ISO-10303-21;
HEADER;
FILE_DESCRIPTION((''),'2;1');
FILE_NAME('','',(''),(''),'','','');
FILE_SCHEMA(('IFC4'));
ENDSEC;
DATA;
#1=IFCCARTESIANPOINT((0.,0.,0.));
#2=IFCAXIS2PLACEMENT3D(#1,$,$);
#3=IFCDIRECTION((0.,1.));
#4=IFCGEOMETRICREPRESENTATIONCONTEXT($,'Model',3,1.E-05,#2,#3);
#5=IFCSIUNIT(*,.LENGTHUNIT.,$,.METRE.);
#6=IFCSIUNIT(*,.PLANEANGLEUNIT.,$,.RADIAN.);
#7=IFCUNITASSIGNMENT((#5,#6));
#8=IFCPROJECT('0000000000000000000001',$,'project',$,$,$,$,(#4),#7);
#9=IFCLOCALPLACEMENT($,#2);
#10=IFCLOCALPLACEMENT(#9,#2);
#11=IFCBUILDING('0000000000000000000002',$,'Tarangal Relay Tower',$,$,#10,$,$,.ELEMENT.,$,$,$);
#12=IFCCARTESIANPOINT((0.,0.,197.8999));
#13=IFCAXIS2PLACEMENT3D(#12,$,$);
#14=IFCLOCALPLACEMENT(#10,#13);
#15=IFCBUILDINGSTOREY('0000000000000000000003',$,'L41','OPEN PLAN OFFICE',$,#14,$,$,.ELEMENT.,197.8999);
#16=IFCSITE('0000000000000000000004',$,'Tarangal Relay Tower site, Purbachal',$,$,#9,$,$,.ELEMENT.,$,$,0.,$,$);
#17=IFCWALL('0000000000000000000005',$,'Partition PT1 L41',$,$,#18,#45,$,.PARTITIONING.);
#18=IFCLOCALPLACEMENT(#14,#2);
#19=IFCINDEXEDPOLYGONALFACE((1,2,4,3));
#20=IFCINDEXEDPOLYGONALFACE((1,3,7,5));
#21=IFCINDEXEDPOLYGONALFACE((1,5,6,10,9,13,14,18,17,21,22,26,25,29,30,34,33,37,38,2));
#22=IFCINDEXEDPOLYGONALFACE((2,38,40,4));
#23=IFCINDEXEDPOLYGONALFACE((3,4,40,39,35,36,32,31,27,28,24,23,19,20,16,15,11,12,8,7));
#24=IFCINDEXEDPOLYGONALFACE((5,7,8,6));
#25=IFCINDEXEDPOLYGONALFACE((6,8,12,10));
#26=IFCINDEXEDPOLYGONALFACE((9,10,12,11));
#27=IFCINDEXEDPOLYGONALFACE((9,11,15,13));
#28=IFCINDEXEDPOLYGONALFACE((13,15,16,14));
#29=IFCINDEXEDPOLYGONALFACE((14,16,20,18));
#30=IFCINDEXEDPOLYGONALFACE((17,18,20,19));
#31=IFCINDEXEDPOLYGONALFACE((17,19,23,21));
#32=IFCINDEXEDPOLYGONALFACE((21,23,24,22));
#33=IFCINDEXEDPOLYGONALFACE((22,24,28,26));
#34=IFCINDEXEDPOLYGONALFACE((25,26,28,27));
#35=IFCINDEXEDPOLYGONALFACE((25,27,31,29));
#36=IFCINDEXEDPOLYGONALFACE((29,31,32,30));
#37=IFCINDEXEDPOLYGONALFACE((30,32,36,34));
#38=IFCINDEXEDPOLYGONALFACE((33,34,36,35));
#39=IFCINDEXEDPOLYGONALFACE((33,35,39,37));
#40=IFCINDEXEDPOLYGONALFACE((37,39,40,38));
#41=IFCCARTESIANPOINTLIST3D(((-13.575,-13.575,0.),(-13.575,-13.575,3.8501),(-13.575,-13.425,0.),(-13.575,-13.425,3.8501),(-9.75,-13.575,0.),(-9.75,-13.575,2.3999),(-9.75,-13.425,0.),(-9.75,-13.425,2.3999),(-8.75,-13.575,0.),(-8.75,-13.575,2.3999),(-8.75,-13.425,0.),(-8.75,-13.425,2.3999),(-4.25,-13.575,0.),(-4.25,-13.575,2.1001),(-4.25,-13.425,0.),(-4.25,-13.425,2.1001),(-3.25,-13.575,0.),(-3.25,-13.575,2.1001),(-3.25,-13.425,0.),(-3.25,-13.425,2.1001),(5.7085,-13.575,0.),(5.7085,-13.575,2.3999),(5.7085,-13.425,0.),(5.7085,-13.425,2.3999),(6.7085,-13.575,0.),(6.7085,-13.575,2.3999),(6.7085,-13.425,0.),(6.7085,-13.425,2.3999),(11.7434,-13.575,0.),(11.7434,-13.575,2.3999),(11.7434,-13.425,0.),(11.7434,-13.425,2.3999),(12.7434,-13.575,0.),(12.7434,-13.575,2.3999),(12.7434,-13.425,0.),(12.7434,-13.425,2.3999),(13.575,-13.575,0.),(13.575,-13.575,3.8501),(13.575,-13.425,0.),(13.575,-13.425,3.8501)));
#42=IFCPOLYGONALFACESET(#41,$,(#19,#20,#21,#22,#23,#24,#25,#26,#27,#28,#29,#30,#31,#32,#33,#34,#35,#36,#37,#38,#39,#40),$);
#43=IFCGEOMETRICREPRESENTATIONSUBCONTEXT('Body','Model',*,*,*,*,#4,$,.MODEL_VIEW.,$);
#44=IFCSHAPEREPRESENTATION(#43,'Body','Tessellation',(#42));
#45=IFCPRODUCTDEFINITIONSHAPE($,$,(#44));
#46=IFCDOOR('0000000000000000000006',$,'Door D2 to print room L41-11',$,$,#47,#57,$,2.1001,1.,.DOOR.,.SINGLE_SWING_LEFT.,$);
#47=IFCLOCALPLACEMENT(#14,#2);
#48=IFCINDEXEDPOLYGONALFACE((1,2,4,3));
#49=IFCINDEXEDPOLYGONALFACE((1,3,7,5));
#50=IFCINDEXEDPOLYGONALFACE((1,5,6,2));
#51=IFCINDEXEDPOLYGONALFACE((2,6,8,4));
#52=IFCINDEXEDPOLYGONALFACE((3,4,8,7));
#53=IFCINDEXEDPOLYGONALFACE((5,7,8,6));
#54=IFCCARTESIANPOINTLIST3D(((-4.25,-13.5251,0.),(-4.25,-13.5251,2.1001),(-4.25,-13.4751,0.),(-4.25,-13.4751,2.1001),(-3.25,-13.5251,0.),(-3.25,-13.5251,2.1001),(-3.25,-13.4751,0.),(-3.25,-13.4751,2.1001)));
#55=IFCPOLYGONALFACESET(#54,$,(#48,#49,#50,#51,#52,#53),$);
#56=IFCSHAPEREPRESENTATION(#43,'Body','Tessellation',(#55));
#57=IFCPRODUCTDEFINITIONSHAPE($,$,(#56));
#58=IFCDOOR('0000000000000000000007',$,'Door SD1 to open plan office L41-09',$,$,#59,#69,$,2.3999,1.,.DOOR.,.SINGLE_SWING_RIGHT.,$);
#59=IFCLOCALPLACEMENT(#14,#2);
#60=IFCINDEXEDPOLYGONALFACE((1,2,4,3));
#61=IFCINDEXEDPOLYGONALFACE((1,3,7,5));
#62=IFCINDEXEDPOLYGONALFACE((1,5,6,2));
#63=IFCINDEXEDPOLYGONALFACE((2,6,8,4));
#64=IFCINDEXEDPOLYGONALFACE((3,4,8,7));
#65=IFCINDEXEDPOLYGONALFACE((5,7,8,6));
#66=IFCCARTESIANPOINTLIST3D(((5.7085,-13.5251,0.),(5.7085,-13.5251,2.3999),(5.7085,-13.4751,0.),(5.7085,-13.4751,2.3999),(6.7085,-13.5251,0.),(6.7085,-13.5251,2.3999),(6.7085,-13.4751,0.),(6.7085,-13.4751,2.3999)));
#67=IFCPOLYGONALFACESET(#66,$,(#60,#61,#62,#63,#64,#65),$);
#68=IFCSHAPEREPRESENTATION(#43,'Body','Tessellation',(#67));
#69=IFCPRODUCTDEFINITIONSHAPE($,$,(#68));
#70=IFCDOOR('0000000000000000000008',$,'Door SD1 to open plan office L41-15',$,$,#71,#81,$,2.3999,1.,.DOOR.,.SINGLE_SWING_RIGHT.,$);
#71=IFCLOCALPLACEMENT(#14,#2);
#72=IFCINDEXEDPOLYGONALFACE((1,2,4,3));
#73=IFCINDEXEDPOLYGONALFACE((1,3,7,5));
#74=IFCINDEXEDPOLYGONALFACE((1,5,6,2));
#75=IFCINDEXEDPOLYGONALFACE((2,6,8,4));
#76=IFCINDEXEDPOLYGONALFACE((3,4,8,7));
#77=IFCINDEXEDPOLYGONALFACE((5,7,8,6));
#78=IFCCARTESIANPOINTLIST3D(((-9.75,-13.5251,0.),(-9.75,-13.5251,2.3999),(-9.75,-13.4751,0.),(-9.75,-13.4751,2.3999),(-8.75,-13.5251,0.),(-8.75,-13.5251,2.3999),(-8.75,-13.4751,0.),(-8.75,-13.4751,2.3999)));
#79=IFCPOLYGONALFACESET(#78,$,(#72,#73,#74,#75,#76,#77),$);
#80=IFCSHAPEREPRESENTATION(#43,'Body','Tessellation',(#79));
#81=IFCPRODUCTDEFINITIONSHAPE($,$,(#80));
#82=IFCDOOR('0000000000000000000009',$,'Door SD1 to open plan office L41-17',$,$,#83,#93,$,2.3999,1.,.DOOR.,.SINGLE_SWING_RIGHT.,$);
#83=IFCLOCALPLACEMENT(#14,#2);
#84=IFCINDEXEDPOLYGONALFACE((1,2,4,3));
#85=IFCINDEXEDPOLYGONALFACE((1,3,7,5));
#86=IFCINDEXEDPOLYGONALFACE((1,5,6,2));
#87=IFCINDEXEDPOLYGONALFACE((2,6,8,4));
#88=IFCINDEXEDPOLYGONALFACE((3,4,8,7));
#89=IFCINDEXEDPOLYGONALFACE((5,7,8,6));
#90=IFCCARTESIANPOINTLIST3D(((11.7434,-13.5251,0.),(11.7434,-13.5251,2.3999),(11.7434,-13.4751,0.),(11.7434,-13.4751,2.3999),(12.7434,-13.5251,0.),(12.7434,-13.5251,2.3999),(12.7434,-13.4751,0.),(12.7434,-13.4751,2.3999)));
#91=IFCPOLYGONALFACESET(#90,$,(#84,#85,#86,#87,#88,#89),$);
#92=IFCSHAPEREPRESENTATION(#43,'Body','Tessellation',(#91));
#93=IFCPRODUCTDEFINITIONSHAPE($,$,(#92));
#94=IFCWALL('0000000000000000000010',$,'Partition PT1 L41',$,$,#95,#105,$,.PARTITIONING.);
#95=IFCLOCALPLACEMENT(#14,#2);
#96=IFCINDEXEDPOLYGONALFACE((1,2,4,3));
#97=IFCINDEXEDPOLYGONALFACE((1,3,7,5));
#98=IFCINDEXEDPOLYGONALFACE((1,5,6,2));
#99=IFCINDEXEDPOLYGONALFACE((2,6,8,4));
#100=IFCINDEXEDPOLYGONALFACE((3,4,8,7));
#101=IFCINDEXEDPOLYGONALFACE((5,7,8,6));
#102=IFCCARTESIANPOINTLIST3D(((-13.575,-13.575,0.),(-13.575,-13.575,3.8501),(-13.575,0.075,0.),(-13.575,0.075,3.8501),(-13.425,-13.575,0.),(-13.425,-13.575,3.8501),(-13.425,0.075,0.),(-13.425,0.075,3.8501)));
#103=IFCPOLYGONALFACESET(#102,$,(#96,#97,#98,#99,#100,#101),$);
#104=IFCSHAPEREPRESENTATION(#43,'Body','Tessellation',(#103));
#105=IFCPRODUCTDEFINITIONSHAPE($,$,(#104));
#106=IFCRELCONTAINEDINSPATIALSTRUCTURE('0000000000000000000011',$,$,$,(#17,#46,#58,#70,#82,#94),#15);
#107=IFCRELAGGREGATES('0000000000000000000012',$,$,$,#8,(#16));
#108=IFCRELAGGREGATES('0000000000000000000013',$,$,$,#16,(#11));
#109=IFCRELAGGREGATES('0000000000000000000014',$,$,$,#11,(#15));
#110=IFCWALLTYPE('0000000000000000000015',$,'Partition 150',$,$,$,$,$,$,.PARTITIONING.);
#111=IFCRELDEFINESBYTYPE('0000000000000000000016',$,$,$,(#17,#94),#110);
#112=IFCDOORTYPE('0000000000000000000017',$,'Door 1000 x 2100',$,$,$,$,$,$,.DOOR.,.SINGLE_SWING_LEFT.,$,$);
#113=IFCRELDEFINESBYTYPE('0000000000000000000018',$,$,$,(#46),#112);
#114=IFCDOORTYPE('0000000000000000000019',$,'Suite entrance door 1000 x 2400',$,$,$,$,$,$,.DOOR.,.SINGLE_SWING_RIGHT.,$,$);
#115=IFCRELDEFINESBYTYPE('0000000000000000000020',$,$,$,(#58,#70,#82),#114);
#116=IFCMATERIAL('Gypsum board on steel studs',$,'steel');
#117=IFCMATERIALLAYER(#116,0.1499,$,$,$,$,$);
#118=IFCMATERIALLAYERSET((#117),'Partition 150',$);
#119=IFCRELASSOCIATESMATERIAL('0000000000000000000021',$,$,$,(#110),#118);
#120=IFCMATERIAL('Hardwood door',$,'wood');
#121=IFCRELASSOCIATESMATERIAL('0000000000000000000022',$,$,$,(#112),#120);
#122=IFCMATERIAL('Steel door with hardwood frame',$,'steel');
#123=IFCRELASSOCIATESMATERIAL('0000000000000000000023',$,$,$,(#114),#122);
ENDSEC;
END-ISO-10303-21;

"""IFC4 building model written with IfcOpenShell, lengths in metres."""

from ifc_helpers import new_model, si_unit, direction, frame, frame_2d, origin, place, context, subcontext, project, spatial, rectangle, extrude, material, layer, layer_set, type_object, element, fill, save


model = new_model("IFC4")

# Units and contexts
model_context = context("Model", 3, precision=1e-05, world=origin(), true_north=direction((0.0, 1.0)))
body_context = subcontext(model_context, "Body", "Model", "MODEL_VIEW")
ifc_project = project(units=[si_unit("LENGTHUNIT", "METRE"), si_unit("PLANEANGLEUNIT", "RADIAN")], contexts=[model_context])

# Site, building, storey
site_placement = place(None, origin())
site = spatial("IfcSite", under=ifc_project, at=site_placement, Name="Tarangal Relay Tower site, Purbachal", CompositionType="ELEMENT", RefElevation=0.0)
building_placement = place(site_placement, origin())
building = spatial("IfcBuilding", under=site, at=building_placement, Name="Tarangal Relay Tower", CompositionType="ELEMENT")
storey_placement = place(building_placement, frame((0.0, 0.0, 197.8999)))
storey = spatial("IfcBuildingStorey", under=building, at=storey_placement, Name="L41", Description="OPEN PLAN OFFICE", CompositionType="ELEMENT", Elevation=197.8999)

# Wall, openings, doors
ifc_material_1 = material(Name="Gypsum board on steel studs", Category="steel")
ifc_layer_1 = layer(ifc_material_1, 0.1499)
ifc_layer_set_1 = layer_set([ifc_layer_1], Name="Partition 150")
wall_type_1 = type_object("IfcWallType", Name="Partition 150", PredefinedType="PARTITIONING", material=ifc_layer_set_1)
wall_1_placement = place(storey_placement, frame((-13.575, -13.5, 0.0), z_axis=(0.0, 0.0, 1.0), x_axis=(1.0, 0.0, 0.0)))
wall_1 = element("IfcWall", 1, at=wall_1_placement, inside=storey, type_object=wall_type_1, Name="Partition PT1 L41", PredefinedType="PARTITIONING", context=body_context, shape_type="SweptSolid", body=[
    extrude(rectangle(XDim=27.1499, YDim=0.1499, at=frame_2d((13.575, 0.0))), origin(), (0.0, 0.0, 1.0), 3.8501),
])
opening_1_placement = place(wall_1_placement, frame((19.2834, 0.0, 0.0)))
opening_1 = element("IfcOpeningElement", 2, at=opening_1_placement, cuts=wall_1, PredefinedType="OPENING", context=body_context, shape_type="SweptSolid", body=[
    extrude(rectangle(XDim=1.0, YDim=2.3999, at=frame_2d((0.5, 1.2))), frame((0.0, 0.085, 0.0), z_axis=(0.0, -1.0, 0.0), x_axis=(1.0, 0.0, 0.0)), (0.0, 0.0, 1.0), 0.1699),
])
opening_2_placement = place(wall_1_placement, frame((9.325, 0.0, 0.0)))
opening_2 = element("IfcOpeningElement", 3, at=opening_2_placement, cuts=wall_1, PredefinedType="OPENING", context=body_context, shape_type="SweptSolid", body=[
    extrude(rectangle(XDim=1.0, YDim=2.1001, at=frame_2d((0.5, 1.05))), frame((0.0, 0.085, 0.0), z_axis=(0.0, -1.0, 0.0), x_axis=(1.0, 0.0, 0.0)), (0.0, 0.0, 1.0), 0.1699),
])
opening_3_placement = place(wall_1_placement, frame((3.825, 0.0, 0.0)))
opening_3 = element("IfcOpeningElement", 4, at=opening_3_placement, cuts=wall_1, PredefinedType="OPENING", context=body_context, shape_type="SweptSolid", body=[
    extrude(rectangle(XDim=1.0, YDim=2.3999, at=frame_2d((0.5, 1.2))), frame((0.0, 0.085, 0.0), z_axis=(0.0, -1.0, 0.0), x_axis=(1.0, 0.0, 0.0)), (0.0, 0.0, 1.0), 0.1699),
])
opening_4_placement = place(wall_1_placement, frame((25.3184, 0.0, 0.0)))
opening_4 = element("IfcOpeningElement", 5, at=opening_4_placement, cuts=wall_1, PredefinedType="OPENING", context=body_context, shape_type="SweptSolid", body=[
    extrude(rectangle(XDim=1.0, YDim=2.3999, at=frame_2d((0.5, 1.2))), frame((0.0, 0.085, 0.0), z_axis=(0.0, -1.0, 0.0), x_axis=(1.0, 0.0, 0.0)), (0.0, 0.0, 1.0), 0.1699),
])
ifc_material_2 = material(Name="Hardwood door", Category="wood")
door_type_1 = type_object("IfcDoorType", Name="Door 1000 x 2100", OperationType="SINGLE_SWING_LEFT", PredefinedType="DOOR", material=ifc_material_2)
door_1_placement = place(opening_2_placement, origin())
door_1 = element("IfcDoor", 6, at=door_1_placement, inside=storey, type_object=door_type_1, Name="Door D2 to print room L41-11", OperationType="SINGLE_SWING_LEFT", OverallHeight=2.1001, OverallWidth=1.0, PredefinedType="DOOR", context=body_context, shape_type="SweptSolid", body=[
    extrude(rectangle(XDim=1.0, YDim=2.1001, at=frame_2d((0.5, 1.05))), frame((0.0, 0.0249, 0.0), z_axis=(0.0, -1.0, 0.0), x_axis=(1.0, 0.0, 0.0)), (0.0, 0.0, 1.0), 0.05),
])
fill(opening_2, door_1)
ifc_material_3 = material(Name="Steel door with hardwood frame", Category="steel")
door_type_2 = type_object("IfcDoorType", Name="Suite entrance door 1000 x 2400", OperationType="SINGLE_SWING_RIGHT", PredefinedType="DOOR", material=ifc_material_3)
door_2_placement = place(opening_1_placement, origin())
door_2 = element("IfcDoor", 7, at=door_2_placement, inside=storey, type_object=door_type_2, Name="Door SD1 to open plan office L41-09", OperationType="SINGLE_SWING_RIGHT", OverallHeight=2.3999, OverallWidth=1.0, PredefinedType="DOOR", context=body_context, shape_type="SweptSolid", body=[
    extrude(rectangle(XDim=1.0, YDim=2.3999, at=frame_2d((0.5, 1.2))), frame((0.0, 0.0249, 0.0), z_axis=(0.0, -1.0, 0.0), x_axis=(1.0, 0.0, 0.0)), (0.0, 0.0, 1.0), 0.05),
])
fill(opening_1, door_2)
door_3_placement = place(opening_3_placement, origin())
door_3 = element("IfcDoor", 8, at=door_3_placement, inside=storey, type_object=door_type_2, Name="Door SD1 to open plan office L41-15", OperationType="SINGLE_SWING_RIGHT", OverallHeight=2.3999, OverallWidth=1.0, PredefinedType="DOOR", context=body_context, shape_type="SweptSolid", body=[
    extrude(rectangle(XDim=1.0, YDim=2.3999, at=frame_2d((0.5, 1.2))), frame((0.0, 0.0249, 0.0), z_axis=(0.0, -1.0, 0.0), x_axis=(1.0, 0.0, 0.0)), (0.0, 0.0, 1.0), 0.05),
])
fill(opening_3, door_3)
door_4_placement = place(opening_4_placement, origin())
door_4 = element("IfcDoor", 9, at=door_4_placement, inside=storey, type_object=door_type_2, Name="Door SD1 to open plan office L41-17", OperationType="SINGLE_SWING_RIGHT", OverallHeight=2.3999, OverallWidth=1.0, PredefinedType="DOOR", context=body_context, shape_type="SweptSolid", body=[
    extrude(rectangle(XDim=1.0, YDim=2.3999, at=frame_2d((0.5, 1.2))), frame((0.0, 0.0249, 0.0), z_axis=(0.0, -1.0, 0.0), x_axis=(1.0, 0.0, 0.0)), (0.0, 0.0, 1.0), 0.05),
])
fill(opening_4, door_4)

# Wall
wall_2_placement = place(storey_placement, frame((-13.5, -13.575, 0.0), z_axis=(0.0, 0.0, 1.0), x_axis=(0.0, 1.0, 0.0)))
element("IfcWall", 10, at=wall_2_placement, inside=storey, type_object=wall_type_1, Name="Partition PT1 L41", PredefinedType="PARTITIONING", context=body_context, shape_type="SweptSolid", body=[
    extrude(rectangle(XDim=13.6499, YDim=0.1499, at=frame_2d((6.825, 0.0))), origin(), (0.0, 0.0, 1.0), 3.8501),
])

save(model, "model.ifc")
